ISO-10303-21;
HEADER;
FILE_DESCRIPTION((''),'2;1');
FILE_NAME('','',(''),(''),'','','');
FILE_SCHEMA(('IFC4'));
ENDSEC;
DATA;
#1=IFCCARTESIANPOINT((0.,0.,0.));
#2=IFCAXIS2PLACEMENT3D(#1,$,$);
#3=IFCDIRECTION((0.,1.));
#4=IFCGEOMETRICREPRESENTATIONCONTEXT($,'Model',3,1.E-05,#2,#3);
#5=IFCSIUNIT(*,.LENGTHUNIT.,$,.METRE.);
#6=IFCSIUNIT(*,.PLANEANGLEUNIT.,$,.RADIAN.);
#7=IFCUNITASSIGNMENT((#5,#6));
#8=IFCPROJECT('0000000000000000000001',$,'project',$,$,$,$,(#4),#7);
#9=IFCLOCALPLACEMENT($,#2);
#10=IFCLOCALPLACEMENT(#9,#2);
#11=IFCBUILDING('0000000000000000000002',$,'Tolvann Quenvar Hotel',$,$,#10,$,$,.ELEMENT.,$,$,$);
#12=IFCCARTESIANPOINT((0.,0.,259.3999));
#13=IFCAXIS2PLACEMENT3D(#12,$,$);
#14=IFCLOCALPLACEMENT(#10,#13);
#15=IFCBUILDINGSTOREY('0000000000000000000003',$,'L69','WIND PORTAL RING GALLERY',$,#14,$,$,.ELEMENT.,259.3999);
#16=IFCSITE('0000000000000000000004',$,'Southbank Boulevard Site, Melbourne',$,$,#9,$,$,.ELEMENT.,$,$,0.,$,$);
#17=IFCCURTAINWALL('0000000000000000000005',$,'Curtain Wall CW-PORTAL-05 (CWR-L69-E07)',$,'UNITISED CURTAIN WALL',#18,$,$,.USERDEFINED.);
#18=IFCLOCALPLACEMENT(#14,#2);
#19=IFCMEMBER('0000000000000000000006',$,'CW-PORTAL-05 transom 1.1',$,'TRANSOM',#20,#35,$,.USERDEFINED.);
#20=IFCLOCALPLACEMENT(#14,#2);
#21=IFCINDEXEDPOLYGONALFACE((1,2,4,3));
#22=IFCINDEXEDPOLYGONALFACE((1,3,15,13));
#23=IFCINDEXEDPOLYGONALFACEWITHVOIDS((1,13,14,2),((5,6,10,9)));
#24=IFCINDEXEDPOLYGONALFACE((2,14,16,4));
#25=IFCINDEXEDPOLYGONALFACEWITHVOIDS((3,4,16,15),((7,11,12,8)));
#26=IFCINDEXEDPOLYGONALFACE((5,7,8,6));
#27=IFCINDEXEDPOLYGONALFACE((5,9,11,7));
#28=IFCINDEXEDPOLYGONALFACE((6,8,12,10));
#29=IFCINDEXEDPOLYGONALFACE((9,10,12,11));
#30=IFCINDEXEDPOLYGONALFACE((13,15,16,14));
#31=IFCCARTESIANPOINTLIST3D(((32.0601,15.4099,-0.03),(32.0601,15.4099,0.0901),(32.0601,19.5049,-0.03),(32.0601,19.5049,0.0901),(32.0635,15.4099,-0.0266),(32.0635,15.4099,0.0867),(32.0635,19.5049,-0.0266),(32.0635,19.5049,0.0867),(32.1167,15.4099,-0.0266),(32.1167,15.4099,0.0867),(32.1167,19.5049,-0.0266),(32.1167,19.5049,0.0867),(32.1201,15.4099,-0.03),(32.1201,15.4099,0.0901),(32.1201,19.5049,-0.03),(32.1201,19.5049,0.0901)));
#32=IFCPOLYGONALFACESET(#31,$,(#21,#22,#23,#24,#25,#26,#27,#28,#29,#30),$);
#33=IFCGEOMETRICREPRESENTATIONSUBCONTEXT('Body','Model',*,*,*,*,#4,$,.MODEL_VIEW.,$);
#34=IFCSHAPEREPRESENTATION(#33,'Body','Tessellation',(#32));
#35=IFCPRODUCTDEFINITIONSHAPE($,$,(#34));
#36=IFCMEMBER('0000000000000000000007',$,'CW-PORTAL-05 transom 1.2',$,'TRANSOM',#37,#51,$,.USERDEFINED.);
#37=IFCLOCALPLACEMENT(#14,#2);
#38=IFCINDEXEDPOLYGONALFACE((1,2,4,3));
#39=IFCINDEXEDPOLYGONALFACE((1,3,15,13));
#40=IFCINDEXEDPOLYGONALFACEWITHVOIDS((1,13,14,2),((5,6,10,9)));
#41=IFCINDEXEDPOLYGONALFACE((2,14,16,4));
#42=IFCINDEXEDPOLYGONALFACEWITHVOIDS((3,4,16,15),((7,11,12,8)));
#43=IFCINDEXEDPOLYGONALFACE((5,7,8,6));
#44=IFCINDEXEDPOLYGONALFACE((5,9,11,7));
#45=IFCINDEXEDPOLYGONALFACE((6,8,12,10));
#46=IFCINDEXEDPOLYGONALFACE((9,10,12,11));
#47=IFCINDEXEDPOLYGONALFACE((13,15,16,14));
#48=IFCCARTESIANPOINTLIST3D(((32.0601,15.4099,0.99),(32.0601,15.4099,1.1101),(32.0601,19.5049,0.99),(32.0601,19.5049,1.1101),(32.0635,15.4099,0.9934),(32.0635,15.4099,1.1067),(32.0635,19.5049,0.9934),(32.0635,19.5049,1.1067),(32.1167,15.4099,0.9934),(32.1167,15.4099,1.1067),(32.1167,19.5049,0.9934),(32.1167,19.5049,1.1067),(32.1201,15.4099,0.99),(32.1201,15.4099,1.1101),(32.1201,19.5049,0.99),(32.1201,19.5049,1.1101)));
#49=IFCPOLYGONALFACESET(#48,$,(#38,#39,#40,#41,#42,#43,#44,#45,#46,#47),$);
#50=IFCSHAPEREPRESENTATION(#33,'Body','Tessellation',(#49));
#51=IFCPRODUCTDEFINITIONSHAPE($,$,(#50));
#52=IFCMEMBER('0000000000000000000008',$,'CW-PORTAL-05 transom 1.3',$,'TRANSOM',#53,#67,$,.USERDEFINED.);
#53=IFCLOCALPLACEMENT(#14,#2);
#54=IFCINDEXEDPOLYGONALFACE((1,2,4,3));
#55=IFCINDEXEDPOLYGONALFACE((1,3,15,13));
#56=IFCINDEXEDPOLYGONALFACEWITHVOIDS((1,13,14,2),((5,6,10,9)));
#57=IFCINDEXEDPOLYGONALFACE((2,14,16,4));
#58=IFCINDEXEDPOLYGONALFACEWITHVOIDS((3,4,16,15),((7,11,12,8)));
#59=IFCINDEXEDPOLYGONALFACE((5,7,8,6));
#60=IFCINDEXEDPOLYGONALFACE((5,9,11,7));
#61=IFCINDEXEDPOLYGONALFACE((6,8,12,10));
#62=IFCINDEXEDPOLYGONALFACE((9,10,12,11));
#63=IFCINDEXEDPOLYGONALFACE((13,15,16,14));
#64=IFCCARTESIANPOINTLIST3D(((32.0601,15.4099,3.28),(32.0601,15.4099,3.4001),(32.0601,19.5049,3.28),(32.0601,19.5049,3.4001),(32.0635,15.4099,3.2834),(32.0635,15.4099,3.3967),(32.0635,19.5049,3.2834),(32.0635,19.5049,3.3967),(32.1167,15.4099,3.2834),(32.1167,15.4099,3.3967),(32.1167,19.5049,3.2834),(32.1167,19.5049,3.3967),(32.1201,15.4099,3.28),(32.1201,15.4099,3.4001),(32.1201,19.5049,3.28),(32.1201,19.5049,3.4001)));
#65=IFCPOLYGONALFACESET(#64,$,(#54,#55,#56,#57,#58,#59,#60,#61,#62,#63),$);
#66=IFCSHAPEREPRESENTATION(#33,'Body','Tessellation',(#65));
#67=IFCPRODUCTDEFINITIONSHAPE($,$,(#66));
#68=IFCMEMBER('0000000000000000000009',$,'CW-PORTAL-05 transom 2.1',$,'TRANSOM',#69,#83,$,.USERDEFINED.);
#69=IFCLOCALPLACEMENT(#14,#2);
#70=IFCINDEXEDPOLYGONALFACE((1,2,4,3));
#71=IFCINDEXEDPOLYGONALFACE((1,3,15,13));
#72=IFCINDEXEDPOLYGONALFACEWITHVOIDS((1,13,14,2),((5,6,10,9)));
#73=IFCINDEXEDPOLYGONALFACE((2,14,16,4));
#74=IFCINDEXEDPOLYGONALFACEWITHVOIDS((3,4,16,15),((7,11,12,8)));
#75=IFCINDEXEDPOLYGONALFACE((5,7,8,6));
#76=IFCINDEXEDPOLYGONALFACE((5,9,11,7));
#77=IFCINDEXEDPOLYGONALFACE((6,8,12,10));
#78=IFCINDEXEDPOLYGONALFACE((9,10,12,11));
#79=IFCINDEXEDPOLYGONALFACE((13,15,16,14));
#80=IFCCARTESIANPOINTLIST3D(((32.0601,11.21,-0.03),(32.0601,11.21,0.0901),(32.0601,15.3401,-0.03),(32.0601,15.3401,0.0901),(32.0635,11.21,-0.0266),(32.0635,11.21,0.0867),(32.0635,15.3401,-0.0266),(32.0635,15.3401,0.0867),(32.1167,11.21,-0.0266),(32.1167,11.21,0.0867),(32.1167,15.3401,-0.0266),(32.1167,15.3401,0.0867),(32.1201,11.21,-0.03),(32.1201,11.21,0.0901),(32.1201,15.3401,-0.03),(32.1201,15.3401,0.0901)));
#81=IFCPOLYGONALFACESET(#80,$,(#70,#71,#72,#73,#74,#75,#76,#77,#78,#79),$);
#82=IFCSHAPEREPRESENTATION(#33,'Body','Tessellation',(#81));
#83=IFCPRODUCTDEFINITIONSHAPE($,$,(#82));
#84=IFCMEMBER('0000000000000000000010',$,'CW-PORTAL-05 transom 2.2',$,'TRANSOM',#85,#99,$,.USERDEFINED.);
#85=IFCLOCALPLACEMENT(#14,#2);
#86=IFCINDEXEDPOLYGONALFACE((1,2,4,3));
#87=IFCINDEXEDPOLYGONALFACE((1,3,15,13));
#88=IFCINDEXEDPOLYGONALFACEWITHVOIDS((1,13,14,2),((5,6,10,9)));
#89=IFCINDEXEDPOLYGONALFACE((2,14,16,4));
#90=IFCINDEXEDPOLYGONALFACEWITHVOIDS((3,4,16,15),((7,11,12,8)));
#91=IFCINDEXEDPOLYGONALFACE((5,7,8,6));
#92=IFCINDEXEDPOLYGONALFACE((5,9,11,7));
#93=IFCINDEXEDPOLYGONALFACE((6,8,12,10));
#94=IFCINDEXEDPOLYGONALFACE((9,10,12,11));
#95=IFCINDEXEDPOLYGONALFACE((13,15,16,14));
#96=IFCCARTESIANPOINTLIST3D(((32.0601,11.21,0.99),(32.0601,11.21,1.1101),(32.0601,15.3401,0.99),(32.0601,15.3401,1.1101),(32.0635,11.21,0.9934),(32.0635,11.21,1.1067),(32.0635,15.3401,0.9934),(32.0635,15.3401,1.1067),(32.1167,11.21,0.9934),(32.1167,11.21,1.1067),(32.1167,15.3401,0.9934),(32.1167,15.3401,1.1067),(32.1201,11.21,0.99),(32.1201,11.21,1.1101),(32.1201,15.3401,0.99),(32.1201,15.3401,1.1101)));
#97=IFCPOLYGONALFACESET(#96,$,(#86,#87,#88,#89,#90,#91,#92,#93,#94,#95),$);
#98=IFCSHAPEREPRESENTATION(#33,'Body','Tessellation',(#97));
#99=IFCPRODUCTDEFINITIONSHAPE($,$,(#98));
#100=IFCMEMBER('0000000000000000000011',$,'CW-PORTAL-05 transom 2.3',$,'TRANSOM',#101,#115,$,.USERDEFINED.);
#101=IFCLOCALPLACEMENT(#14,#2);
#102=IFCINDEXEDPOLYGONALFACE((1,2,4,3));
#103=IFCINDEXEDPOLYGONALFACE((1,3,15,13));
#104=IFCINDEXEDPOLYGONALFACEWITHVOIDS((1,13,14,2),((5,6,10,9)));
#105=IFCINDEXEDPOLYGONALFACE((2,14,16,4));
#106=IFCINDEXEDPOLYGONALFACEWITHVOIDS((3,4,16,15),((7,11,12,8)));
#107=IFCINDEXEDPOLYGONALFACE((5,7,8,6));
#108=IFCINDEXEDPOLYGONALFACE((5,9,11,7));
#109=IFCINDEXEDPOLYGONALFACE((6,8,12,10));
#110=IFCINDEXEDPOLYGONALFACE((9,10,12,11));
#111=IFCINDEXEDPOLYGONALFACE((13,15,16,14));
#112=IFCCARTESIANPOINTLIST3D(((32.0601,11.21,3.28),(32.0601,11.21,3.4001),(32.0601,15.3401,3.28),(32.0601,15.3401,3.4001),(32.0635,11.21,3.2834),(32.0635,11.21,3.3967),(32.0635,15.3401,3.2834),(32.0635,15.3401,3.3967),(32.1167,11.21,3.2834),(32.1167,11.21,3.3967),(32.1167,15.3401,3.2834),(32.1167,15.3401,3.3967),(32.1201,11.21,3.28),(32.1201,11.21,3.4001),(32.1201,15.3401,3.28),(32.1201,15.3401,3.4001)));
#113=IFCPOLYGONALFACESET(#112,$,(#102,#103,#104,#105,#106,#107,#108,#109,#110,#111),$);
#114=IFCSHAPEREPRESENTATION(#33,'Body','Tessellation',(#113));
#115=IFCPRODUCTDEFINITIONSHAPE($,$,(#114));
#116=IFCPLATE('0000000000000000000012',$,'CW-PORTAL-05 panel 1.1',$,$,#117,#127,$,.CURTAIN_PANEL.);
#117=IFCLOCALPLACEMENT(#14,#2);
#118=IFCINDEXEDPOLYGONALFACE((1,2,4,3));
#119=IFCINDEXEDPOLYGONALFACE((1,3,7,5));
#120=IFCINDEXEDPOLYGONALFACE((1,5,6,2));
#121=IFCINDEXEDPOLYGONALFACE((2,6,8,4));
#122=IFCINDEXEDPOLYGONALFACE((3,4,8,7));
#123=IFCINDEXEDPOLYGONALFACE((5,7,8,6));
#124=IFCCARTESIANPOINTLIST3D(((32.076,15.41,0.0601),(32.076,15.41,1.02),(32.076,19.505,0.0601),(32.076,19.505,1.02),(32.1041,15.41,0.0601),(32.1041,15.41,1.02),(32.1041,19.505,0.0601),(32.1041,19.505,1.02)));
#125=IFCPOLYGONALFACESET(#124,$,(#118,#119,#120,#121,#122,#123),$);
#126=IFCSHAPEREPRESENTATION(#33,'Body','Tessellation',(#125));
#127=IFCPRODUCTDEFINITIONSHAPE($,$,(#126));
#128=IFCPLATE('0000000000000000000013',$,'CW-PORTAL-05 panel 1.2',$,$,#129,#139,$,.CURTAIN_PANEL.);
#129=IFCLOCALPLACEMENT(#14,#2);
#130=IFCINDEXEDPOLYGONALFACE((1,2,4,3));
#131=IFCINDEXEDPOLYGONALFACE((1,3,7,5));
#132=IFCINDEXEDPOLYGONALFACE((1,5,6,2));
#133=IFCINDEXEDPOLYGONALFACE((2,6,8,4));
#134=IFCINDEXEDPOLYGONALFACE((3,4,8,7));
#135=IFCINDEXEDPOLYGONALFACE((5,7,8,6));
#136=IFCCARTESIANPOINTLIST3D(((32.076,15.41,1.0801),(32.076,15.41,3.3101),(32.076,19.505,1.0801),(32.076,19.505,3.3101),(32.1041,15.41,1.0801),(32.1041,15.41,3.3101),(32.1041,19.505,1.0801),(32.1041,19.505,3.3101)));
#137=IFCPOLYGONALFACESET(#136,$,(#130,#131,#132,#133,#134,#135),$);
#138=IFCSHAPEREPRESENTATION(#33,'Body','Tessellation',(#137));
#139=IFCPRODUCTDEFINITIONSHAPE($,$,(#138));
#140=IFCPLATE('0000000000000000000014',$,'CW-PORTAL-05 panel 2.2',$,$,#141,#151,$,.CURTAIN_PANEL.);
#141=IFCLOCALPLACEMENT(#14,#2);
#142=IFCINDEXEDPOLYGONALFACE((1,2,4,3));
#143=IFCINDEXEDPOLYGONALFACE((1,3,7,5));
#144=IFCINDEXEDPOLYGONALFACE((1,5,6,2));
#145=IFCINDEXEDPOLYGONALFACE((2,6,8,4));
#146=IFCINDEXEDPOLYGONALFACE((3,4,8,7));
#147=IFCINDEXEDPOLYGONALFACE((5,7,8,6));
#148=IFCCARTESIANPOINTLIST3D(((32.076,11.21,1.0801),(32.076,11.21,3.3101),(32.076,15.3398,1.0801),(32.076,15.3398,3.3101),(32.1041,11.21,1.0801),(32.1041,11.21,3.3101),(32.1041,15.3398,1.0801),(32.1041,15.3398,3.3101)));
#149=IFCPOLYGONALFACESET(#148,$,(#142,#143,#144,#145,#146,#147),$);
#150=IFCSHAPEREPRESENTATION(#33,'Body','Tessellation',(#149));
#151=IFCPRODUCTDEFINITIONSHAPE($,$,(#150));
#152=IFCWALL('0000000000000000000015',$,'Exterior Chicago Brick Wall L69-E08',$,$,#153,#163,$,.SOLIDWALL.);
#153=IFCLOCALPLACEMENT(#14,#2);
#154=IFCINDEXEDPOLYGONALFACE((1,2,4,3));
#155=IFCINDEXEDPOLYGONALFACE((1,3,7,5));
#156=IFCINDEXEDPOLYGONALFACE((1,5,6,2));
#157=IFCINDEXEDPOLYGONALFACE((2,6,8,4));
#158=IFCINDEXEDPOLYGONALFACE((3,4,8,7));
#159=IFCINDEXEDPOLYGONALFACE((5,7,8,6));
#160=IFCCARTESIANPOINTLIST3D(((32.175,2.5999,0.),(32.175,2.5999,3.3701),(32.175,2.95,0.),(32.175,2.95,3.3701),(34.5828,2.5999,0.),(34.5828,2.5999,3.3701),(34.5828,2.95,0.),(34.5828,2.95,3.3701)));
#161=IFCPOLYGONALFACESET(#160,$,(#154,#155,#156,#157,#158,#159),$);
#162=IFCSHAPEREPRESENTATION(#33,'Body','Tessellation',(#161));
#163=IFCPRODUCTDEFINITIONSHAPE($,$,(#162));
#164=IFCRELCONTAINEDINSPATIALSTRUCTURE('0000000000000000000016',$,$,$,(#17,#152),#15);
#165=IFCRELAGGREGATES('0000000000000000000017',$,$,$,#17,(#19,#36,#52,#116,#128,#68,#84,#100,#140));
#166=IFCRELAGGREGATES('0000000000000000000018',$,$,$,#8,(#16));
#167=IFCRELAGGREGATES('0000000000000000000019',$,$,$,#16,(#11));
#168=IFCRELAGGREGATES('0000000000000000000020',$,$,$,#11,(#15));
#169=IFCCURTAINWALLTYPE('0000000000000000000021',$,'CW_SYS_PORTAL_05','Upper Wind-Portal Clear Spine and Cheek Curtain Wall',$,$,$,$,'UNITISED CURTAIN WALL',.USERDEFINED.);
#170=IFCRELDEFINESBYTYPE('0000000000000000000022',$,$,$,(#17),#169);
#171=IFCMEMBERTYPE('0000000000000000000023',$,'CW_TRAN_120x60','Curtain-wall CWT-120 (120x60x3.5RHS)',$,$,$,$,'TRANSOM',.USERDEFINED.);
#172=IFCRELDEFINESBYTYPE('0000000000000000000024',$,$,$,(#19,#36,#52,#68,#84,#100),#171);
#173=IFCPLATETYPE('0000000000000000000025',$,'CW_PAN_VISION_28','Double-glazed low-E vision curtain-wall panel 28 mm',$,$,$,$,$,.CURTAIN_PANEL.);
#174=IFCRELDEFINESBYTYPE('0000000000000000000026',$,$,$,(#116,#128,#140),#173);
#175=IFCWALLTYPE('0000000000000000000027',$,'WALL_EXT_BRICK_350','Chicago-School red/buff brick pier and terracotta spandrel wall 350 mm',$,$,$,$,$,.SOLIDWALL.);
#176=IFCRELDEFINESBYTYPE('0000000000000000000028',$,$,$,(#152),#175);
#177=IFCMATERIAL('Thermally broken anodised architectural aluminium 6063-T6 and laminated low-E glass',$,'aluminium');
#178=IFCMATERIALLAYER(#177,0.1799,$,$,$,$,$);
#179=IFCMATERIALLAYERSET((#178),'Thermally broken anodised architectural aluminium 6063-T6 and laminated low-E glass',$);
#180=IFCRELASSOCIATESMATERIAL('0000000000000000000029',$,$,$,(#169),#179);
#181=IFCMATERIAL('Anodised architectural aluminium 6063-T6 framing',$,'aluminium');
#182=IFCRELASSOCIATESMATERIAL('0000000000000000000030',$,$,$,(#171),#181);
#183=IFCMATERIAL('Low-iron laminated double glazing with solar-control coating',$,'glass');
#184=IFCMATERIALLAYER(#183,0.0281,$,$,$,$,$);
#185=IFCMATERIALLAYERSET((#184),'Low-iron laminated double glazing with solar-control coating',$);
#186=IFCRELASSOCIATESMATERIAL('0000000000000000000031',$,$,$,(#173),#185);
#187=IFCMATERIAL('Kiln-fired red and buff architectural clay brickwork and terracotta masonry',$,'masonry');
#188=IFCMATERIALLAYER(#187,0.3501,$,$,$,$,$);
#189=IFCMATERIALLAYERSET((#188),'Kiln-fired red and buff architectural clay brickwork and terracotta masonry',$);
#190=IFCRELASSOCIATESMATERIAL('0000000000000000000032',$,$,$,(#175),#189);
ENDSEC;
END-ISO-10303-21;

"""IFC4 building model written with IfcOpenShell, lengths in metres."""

from ifc_helpers import new_model, si_unit, direction, frame, frame_2d, origin, origin_2d, place, context, subcontext, project, spatial, rectangle, hollow_rectangle, extrude, source, transform, mapped, material, layer, layer_set, material_profile, profile_set, type_object, type_shapes, element, aggregate, save


model = new_model("IFC4")

# Units and contexts
model_context = context("Model", 3, precision=1e-05, world=origin(), true_north=direction((0.0, 1.0)))
body_context = subcontext(model_context, "Body", "Model", "MODEL_VIEW")
ifc_project = project(units=[si_unit("LENGTHUNIT", "METRE"), si_unit("PLANEANGLEUNIT", "RADIAN")], contexts=[model_context])

# Site, building, storey
site_placement = place(None, origin())
site = spatial("IfcSite", under=ifc_project, at=site_placement, Name="Southbank Boulevard Site, Melbourne", CompositionType="ELEMENT", RefElevation=0.0)
building_placement = place(site_placement, origin())
building = spatial("IfcBuilding", under=site, at=building_placement, Name="Tolvann Quenvar Hotel", CompositionType="ELEMENT")
storey_placement = place(building_placement, frame((0.0, 0.0, 259.3999)))
storey = spatial("IfcBuildingStorey", under=building, at=storey_placement, Name="L69", Description="WIND PORTAL RING GALLERY", CompositionType="ELEMENT", Elevation=259.3999)

# Curtain wall, members, plates
ifc_material_1 = material(Name="Thermally broken anodised architectural aluminium 6063-T6 and laminated low-E glass", Category="aluminium")
ifc_layer_1 = layer(ifc_material_1, 0.1799)
ifc_layer_set_1 = layer_set([ifc_layer_1], Name="Thermally broken anodised architectural aluminium 6063-T6 and laminated low-E glass")
curtain_wall_type = type_object("IfcCurtainWallType", Name="CW_SYS_PORTAL_05", Description="Upper Wind-Portal Clear Spine and Cheek Curtain Wall", ElementType="UNITISED CURTAIN WALL", PredefinedType="USERDEFINED", material=ifc_layer_set_1)
curtain_wall_placement = place(storey_placement, origin())
curtain_wall = element("IfcCurtainWall", 1, at=curtain_wall_placement, inside=storey, type_object=curtain_wall_type, Name="Curtain Wall CW-PORTAL-05 (CWR-L69-E07)", ObjectType="UNITISED CURTAIN WALL", PredefinedType="USERDEFINED")
ifc_material_2 = material(Name="Anodised architectural aluminium 6063-T6 framing", Category="aluminium")
ifc_material_profile_1 = material_profile(ifc_material_2, hollow_rectangle(XDim=0.0601, YDim=0.1201, WallThickness=0.0034, at=origin_2d()), Name="120x60x3.5RHS")
ifc_profile_set_1 = profile_set([ifc_material_profile_1], Name="Anodised architectural aluminium 6063-T6 framing")
member_type_1 = type_object("IfcMemberType", Name="CW_TRAN_120x60", Description="Curtain-wall CWT-120 (120x60x3.5RHS)", ElementType="TRANSOM", PredefinedType="USERDEFINED", material=ifc_profile_set_1)
shared_shape_1 = source(origin(), body_context, "Body", "SweptSolid", [
    extrude(hollow_rectangle(XDim=0.0601, YDim=0.1201, WallThickness=0.0034, at=origin_2d()), origin(), (0.0, 0.0, 1.0), 4.095),
])
member_1_placement = place(storey_placement, frame((32.0901, 19.5049, 0.03), z_axis=(0.0, -1.0, 0.0), x_axis=(1.0, 0.0, 0.0)))
member_1 = element("IfcMember", 2, at=member_1_placement, type_object=member_type_1, Name="CW-PORTAL-05 transom 1.1", ObjectType="TRANSOM", PredefinedType="USERDEFINED", context=body_context, shape_type="MappedRepresentation", body=[
    mapped(shared_shape_1, transform((0.0, 0.0, 0.0), x_axis=(1.0, 0.0, 0.0), y_axis=(0.0, 1.0, 0.0), z_axis=(0.0, 0.0, 1.0), scale=1.0)),
])
member_2_placement = place(storey_placement, frame((32.0901, 19.5049, 1.05), z_axis=(0.0, -1.0, 0.0), x_axis=(1.0, 0.0, 0.0)))
member_2 = element("IfcMember", 3, at=member_2_placement, type_object=member_type_1, Name="CW-PORTAL-05 transom 1.2", ObjectType="TRANSOM", PredefinedType="USERDEFINED", context=body_context, shape_type="MappedRepresentation", body=[
    mapped(shared_shape_1, transform((0.0, 0.0, 0.0), x_axis=(1.0, 0.0, 0.0), y_axis=(0.0, 1.0, 0.0), z_axis=(0.0, 0.0, 1.0), scale=1.0)),
])
member_3_placement = place(storey_placement, frame((32.0901, 19.5049, 3.3401), z_axis=(0.0, -1.0, 0.0), x_axis=(1.0, 0.0, 0.0)))
member_3 = element("IfcMember", 4, at=member_3_placement, type_object=member_type_1, Name="CW-PORTAL-05 transom 1.3", ObjectType="TRANSOM", PredefinedType="USERDEFINED", context=body_context, shape_type="MappedRepresentation", body=[
    mapped(shared_shape_1, transform((0.0, 0.0, 0.0), x_axis=(1.0, 0.0, 0.0), y_axis=(0.0, 1.0, 0.0), z_axis=(0.0, 0.0, 1.0), scale=1.0)),
])
shared_shape_2 = source(origin(), body_context, "Body", "SweptSolid", [
    extrude(hollow_rectangle(XDim=0.0601, YDim=0.1201, WallThickness=0.0034, at=origin_2d()), origin(), (0.0, 0.0, 1.0), 4.1301),
])
type_shapes(member_type_1, [shared_shape_1, shared_shape_2])
member_4_placement = place(storey_placement, frame((32.0901, 15.3401, 0.03), z_axis=(0.0, -1.0, 0.0), x_axis=(1.0, 0.0, 0.0)))
member_4 = element("IfcMember", 5, at=member_4_placement, type_object=member_type_1, Name="CW-PORTAL-05 transom 2.1", ObjectType="TRANSOM", PredefinedType="USERDEFINED", context=body_context, shape_type="MappedRepresentation", body=[
    mapped(shared_shape_2, transform((0.0, 0.0, 0.0), x_axis=(1.0, 0.0, 0.0), y_axis=(0.0, 1.0, 0.0), z_axis=(0.0, 0.0, 1.0), scale=1.0)),
])
member_5_placement = place(storey_placement, frame((32.0901, 15.3401, 1.05), z_axis=(0.0, -1.0, 0.0), x_axis=(1.0, 0.0, 0.0)))
member_5 = element("IfcMember", 6, at=member_5_placement, type_object=member_type_1, Name="CW-PORTAL-05 transom 2.2", ObjectType="TRANSOM", PredefinedType="USERDEFINED", context=body_context, shape_type="MappedRepresentation", body=[
    mapped(shared_shape_2, transform((0.0, 0.0, 0.0), x_axis=(1.0, 0.0, 0.0), y_axis=(0.0, 1.0, 0.0), z_axis=(0.0, 0.0, 1.0), scale=1.0)),
])
member_6_placement = place(storey_placement, frame((32.0901, 15.3401, 3.3401), z_axis=(0.0, -1.0, 0.0), x_axis=(1.0, 0.0, 0.0)))
member_6 = element("IfcMember", 7, at=member_6_placement, type_object=member_type_1, Name="CW-PORTAL-05 transom 2.3", ObjectType="TRANSOM", PredefinedType="USERDEFINED", context=body_context, shape_type="MappedRepresentation", body=[
    mapped(shared_shape_2, transform((0.0, 0.0, 0.0), x_axis=(1.0, 0.0, 0.0), y_axis=(0.0, 1.0, 0.0), z_axis=(0.0, 0.0, 1.0), scale=1.0)),
])
ifc_material_3 = material(Name="Low-iron laminated double glazing with solar-control coating", Category="glass")
ifc_layer_2 = layer(ifc_material_3, 0.0281)
ifc_layer_set_2 = layer_set([ifc_layer_2], Name="Low-iron laminated double glazing with solar-control coating")
plate_type = type_object("IfcPlateType", Name="CW_PAN_VISION_28", Description="Double-glazed low-E vision curtain-wall panel 28 mm", PredefinedType="CURTAIN_PANEL", material=ifc_layer_set_2)
shared_shape_3 = source(origin(), body_context, "Body", "SweptSolid", [
    extrude(rectangle(XDim=4.095, YDim=0.0281, at=origin_2d()), origin(), (0.0, 0.0, 1.0), 0.96),
])
plate_1_placement = place(storey_placement, frame((32.0901, 17.4575, 0.0601), z_axis=(0.0, 0.0, 1.0), x_axis=(0.0, -1.0, 0.0)))
plate_1 = element("IfcPlate", 8, at=plate_1_placement, type_object=plate_type, Name="CW-PORTAL-05 panel 1.1", PredefinedType="CURTAIN_PANEL", context=body_context, shape_type="MappedRepresentation", body=[
    mapped(shared_shape_3, transform((0.0, 0.0, 0.0), x_axis=(1.0, 0.0, 0.0), y_axis=(0.0, 1.0, 0.0), z_axis=(0.0, 0.0, 1.0), scale=1.0)),
])
shared_shape_4 = source(origin(), body_context, "Body", "SweptSolid", [
    extrude(rectangle(XDim=4.095, YDim=0.0281, at=origin_2d()), origin(), (0.0, 0.0, 1.0), 2.23),
])
plate_2_placement = place(storey_placement, frame((32.0901, 17.4575, 1.0801), z_axis=(0.0, 0.0, 1.0), x_axis=(0.0, -1.0, 0.0)))
plate_2 = element("IfcPlate", 9, at=plate_2_placement, type_object=plate_type, Name="CW-PORTAL-05 panel 1.2", PredefinedType="CURTAIN_PANEL", context=body_context, shape_type="MappedRepresentation", body=[
    mapped(shared_shape_4, transform((0.0, 0.0, 0.0), x_axis=(1.0, 0.0, 0.0), y_axis=(0.0, 1.0, 0.0), z_axis=(0.0, 0.0, 1.0), scale=1.0)),
])
shared_shape_5 = source(origin(), body_context, "Body", "SweptSolid", [
    extrude(rectangle(XDim=4.1299, YDim=0.0281, at=origin_2d()), origin(), (0.0, 0.0, 1.0), 2.23),
])
type_shapes(plate_type, [shared_shape_3, shared_shape_4, shared_shape_5])
plate_3_placement = place(storey_placement, frame((32.0901, 13.2749, 1.0801), z_axis=(0.0, 0.0, 1.0), x_axis=(0.0, -1.0, 0.0)))
plate_3 = element("IfcPlate", 10, at=plate_3_placement, type_object=plate_type, Name="CW-PORTAL-05 panel 2.2", PredefinedType="CURTAIN_PANEL", context=body_context, shape_type="MappedRepresentation", body=[
    mapped(shared_shape_5, transform((0.0, 0.0, 0.0), x_axis=(1.0, 0.0, 0.0), y_axis=(0.0, 1.0, 0.0), z_axis=(0.0, 0.0, 1.0), scale=1.0)),
])
aggregate(curtain_wall, [member_1, member_2, member_3, plate_1, plate_2, member_4, member_5, member_6, plate_3])

# Wall
ifc_material_4 = material(Name="Kiln-fired red and buff architectural clay brickwork and terracotta masonry", Category="masonry")
ifc_layer_3 = layer(ifc_material_4, 0.3501)
ifc_layer_set_3 = layer_set([ifc_layer_3], Name="Kiln-fired red and buff architectural clay brickwork and terracotta masonry")
wall_type = type_object("IfcWallType", Name="WALL_EXT_BRICK_350", Description="Chicago-School red/buff brick pier and terracotta spandrel wall 350 mm", PredefinedType="SOLIDWALL", material=ifc_layer_set_3)
wall_placement = place(storey_placement, frame((32.175, 2.7749, 0.0), z_axis=(0.0, 0.0, 1.0), x_axis=(1.0, 0.0, 0.0)))
element("IfcWall", 11, at=wall_placement, inside=storey, type_object=wall_type, Name="Exterior Chicago Brick Wall L69-E08", PredefinedType="SOLIDWALL", context=body_context, shape_type="SweptSolid", body=[
    extrude(rectangle(XDim=2.4077, YDim=0.3501, at=frame_2d((1.2039, 0.0))), origin(), (0.0, 0.0, 1.0), 3.3701),
])

save(model, "model.ifc")
